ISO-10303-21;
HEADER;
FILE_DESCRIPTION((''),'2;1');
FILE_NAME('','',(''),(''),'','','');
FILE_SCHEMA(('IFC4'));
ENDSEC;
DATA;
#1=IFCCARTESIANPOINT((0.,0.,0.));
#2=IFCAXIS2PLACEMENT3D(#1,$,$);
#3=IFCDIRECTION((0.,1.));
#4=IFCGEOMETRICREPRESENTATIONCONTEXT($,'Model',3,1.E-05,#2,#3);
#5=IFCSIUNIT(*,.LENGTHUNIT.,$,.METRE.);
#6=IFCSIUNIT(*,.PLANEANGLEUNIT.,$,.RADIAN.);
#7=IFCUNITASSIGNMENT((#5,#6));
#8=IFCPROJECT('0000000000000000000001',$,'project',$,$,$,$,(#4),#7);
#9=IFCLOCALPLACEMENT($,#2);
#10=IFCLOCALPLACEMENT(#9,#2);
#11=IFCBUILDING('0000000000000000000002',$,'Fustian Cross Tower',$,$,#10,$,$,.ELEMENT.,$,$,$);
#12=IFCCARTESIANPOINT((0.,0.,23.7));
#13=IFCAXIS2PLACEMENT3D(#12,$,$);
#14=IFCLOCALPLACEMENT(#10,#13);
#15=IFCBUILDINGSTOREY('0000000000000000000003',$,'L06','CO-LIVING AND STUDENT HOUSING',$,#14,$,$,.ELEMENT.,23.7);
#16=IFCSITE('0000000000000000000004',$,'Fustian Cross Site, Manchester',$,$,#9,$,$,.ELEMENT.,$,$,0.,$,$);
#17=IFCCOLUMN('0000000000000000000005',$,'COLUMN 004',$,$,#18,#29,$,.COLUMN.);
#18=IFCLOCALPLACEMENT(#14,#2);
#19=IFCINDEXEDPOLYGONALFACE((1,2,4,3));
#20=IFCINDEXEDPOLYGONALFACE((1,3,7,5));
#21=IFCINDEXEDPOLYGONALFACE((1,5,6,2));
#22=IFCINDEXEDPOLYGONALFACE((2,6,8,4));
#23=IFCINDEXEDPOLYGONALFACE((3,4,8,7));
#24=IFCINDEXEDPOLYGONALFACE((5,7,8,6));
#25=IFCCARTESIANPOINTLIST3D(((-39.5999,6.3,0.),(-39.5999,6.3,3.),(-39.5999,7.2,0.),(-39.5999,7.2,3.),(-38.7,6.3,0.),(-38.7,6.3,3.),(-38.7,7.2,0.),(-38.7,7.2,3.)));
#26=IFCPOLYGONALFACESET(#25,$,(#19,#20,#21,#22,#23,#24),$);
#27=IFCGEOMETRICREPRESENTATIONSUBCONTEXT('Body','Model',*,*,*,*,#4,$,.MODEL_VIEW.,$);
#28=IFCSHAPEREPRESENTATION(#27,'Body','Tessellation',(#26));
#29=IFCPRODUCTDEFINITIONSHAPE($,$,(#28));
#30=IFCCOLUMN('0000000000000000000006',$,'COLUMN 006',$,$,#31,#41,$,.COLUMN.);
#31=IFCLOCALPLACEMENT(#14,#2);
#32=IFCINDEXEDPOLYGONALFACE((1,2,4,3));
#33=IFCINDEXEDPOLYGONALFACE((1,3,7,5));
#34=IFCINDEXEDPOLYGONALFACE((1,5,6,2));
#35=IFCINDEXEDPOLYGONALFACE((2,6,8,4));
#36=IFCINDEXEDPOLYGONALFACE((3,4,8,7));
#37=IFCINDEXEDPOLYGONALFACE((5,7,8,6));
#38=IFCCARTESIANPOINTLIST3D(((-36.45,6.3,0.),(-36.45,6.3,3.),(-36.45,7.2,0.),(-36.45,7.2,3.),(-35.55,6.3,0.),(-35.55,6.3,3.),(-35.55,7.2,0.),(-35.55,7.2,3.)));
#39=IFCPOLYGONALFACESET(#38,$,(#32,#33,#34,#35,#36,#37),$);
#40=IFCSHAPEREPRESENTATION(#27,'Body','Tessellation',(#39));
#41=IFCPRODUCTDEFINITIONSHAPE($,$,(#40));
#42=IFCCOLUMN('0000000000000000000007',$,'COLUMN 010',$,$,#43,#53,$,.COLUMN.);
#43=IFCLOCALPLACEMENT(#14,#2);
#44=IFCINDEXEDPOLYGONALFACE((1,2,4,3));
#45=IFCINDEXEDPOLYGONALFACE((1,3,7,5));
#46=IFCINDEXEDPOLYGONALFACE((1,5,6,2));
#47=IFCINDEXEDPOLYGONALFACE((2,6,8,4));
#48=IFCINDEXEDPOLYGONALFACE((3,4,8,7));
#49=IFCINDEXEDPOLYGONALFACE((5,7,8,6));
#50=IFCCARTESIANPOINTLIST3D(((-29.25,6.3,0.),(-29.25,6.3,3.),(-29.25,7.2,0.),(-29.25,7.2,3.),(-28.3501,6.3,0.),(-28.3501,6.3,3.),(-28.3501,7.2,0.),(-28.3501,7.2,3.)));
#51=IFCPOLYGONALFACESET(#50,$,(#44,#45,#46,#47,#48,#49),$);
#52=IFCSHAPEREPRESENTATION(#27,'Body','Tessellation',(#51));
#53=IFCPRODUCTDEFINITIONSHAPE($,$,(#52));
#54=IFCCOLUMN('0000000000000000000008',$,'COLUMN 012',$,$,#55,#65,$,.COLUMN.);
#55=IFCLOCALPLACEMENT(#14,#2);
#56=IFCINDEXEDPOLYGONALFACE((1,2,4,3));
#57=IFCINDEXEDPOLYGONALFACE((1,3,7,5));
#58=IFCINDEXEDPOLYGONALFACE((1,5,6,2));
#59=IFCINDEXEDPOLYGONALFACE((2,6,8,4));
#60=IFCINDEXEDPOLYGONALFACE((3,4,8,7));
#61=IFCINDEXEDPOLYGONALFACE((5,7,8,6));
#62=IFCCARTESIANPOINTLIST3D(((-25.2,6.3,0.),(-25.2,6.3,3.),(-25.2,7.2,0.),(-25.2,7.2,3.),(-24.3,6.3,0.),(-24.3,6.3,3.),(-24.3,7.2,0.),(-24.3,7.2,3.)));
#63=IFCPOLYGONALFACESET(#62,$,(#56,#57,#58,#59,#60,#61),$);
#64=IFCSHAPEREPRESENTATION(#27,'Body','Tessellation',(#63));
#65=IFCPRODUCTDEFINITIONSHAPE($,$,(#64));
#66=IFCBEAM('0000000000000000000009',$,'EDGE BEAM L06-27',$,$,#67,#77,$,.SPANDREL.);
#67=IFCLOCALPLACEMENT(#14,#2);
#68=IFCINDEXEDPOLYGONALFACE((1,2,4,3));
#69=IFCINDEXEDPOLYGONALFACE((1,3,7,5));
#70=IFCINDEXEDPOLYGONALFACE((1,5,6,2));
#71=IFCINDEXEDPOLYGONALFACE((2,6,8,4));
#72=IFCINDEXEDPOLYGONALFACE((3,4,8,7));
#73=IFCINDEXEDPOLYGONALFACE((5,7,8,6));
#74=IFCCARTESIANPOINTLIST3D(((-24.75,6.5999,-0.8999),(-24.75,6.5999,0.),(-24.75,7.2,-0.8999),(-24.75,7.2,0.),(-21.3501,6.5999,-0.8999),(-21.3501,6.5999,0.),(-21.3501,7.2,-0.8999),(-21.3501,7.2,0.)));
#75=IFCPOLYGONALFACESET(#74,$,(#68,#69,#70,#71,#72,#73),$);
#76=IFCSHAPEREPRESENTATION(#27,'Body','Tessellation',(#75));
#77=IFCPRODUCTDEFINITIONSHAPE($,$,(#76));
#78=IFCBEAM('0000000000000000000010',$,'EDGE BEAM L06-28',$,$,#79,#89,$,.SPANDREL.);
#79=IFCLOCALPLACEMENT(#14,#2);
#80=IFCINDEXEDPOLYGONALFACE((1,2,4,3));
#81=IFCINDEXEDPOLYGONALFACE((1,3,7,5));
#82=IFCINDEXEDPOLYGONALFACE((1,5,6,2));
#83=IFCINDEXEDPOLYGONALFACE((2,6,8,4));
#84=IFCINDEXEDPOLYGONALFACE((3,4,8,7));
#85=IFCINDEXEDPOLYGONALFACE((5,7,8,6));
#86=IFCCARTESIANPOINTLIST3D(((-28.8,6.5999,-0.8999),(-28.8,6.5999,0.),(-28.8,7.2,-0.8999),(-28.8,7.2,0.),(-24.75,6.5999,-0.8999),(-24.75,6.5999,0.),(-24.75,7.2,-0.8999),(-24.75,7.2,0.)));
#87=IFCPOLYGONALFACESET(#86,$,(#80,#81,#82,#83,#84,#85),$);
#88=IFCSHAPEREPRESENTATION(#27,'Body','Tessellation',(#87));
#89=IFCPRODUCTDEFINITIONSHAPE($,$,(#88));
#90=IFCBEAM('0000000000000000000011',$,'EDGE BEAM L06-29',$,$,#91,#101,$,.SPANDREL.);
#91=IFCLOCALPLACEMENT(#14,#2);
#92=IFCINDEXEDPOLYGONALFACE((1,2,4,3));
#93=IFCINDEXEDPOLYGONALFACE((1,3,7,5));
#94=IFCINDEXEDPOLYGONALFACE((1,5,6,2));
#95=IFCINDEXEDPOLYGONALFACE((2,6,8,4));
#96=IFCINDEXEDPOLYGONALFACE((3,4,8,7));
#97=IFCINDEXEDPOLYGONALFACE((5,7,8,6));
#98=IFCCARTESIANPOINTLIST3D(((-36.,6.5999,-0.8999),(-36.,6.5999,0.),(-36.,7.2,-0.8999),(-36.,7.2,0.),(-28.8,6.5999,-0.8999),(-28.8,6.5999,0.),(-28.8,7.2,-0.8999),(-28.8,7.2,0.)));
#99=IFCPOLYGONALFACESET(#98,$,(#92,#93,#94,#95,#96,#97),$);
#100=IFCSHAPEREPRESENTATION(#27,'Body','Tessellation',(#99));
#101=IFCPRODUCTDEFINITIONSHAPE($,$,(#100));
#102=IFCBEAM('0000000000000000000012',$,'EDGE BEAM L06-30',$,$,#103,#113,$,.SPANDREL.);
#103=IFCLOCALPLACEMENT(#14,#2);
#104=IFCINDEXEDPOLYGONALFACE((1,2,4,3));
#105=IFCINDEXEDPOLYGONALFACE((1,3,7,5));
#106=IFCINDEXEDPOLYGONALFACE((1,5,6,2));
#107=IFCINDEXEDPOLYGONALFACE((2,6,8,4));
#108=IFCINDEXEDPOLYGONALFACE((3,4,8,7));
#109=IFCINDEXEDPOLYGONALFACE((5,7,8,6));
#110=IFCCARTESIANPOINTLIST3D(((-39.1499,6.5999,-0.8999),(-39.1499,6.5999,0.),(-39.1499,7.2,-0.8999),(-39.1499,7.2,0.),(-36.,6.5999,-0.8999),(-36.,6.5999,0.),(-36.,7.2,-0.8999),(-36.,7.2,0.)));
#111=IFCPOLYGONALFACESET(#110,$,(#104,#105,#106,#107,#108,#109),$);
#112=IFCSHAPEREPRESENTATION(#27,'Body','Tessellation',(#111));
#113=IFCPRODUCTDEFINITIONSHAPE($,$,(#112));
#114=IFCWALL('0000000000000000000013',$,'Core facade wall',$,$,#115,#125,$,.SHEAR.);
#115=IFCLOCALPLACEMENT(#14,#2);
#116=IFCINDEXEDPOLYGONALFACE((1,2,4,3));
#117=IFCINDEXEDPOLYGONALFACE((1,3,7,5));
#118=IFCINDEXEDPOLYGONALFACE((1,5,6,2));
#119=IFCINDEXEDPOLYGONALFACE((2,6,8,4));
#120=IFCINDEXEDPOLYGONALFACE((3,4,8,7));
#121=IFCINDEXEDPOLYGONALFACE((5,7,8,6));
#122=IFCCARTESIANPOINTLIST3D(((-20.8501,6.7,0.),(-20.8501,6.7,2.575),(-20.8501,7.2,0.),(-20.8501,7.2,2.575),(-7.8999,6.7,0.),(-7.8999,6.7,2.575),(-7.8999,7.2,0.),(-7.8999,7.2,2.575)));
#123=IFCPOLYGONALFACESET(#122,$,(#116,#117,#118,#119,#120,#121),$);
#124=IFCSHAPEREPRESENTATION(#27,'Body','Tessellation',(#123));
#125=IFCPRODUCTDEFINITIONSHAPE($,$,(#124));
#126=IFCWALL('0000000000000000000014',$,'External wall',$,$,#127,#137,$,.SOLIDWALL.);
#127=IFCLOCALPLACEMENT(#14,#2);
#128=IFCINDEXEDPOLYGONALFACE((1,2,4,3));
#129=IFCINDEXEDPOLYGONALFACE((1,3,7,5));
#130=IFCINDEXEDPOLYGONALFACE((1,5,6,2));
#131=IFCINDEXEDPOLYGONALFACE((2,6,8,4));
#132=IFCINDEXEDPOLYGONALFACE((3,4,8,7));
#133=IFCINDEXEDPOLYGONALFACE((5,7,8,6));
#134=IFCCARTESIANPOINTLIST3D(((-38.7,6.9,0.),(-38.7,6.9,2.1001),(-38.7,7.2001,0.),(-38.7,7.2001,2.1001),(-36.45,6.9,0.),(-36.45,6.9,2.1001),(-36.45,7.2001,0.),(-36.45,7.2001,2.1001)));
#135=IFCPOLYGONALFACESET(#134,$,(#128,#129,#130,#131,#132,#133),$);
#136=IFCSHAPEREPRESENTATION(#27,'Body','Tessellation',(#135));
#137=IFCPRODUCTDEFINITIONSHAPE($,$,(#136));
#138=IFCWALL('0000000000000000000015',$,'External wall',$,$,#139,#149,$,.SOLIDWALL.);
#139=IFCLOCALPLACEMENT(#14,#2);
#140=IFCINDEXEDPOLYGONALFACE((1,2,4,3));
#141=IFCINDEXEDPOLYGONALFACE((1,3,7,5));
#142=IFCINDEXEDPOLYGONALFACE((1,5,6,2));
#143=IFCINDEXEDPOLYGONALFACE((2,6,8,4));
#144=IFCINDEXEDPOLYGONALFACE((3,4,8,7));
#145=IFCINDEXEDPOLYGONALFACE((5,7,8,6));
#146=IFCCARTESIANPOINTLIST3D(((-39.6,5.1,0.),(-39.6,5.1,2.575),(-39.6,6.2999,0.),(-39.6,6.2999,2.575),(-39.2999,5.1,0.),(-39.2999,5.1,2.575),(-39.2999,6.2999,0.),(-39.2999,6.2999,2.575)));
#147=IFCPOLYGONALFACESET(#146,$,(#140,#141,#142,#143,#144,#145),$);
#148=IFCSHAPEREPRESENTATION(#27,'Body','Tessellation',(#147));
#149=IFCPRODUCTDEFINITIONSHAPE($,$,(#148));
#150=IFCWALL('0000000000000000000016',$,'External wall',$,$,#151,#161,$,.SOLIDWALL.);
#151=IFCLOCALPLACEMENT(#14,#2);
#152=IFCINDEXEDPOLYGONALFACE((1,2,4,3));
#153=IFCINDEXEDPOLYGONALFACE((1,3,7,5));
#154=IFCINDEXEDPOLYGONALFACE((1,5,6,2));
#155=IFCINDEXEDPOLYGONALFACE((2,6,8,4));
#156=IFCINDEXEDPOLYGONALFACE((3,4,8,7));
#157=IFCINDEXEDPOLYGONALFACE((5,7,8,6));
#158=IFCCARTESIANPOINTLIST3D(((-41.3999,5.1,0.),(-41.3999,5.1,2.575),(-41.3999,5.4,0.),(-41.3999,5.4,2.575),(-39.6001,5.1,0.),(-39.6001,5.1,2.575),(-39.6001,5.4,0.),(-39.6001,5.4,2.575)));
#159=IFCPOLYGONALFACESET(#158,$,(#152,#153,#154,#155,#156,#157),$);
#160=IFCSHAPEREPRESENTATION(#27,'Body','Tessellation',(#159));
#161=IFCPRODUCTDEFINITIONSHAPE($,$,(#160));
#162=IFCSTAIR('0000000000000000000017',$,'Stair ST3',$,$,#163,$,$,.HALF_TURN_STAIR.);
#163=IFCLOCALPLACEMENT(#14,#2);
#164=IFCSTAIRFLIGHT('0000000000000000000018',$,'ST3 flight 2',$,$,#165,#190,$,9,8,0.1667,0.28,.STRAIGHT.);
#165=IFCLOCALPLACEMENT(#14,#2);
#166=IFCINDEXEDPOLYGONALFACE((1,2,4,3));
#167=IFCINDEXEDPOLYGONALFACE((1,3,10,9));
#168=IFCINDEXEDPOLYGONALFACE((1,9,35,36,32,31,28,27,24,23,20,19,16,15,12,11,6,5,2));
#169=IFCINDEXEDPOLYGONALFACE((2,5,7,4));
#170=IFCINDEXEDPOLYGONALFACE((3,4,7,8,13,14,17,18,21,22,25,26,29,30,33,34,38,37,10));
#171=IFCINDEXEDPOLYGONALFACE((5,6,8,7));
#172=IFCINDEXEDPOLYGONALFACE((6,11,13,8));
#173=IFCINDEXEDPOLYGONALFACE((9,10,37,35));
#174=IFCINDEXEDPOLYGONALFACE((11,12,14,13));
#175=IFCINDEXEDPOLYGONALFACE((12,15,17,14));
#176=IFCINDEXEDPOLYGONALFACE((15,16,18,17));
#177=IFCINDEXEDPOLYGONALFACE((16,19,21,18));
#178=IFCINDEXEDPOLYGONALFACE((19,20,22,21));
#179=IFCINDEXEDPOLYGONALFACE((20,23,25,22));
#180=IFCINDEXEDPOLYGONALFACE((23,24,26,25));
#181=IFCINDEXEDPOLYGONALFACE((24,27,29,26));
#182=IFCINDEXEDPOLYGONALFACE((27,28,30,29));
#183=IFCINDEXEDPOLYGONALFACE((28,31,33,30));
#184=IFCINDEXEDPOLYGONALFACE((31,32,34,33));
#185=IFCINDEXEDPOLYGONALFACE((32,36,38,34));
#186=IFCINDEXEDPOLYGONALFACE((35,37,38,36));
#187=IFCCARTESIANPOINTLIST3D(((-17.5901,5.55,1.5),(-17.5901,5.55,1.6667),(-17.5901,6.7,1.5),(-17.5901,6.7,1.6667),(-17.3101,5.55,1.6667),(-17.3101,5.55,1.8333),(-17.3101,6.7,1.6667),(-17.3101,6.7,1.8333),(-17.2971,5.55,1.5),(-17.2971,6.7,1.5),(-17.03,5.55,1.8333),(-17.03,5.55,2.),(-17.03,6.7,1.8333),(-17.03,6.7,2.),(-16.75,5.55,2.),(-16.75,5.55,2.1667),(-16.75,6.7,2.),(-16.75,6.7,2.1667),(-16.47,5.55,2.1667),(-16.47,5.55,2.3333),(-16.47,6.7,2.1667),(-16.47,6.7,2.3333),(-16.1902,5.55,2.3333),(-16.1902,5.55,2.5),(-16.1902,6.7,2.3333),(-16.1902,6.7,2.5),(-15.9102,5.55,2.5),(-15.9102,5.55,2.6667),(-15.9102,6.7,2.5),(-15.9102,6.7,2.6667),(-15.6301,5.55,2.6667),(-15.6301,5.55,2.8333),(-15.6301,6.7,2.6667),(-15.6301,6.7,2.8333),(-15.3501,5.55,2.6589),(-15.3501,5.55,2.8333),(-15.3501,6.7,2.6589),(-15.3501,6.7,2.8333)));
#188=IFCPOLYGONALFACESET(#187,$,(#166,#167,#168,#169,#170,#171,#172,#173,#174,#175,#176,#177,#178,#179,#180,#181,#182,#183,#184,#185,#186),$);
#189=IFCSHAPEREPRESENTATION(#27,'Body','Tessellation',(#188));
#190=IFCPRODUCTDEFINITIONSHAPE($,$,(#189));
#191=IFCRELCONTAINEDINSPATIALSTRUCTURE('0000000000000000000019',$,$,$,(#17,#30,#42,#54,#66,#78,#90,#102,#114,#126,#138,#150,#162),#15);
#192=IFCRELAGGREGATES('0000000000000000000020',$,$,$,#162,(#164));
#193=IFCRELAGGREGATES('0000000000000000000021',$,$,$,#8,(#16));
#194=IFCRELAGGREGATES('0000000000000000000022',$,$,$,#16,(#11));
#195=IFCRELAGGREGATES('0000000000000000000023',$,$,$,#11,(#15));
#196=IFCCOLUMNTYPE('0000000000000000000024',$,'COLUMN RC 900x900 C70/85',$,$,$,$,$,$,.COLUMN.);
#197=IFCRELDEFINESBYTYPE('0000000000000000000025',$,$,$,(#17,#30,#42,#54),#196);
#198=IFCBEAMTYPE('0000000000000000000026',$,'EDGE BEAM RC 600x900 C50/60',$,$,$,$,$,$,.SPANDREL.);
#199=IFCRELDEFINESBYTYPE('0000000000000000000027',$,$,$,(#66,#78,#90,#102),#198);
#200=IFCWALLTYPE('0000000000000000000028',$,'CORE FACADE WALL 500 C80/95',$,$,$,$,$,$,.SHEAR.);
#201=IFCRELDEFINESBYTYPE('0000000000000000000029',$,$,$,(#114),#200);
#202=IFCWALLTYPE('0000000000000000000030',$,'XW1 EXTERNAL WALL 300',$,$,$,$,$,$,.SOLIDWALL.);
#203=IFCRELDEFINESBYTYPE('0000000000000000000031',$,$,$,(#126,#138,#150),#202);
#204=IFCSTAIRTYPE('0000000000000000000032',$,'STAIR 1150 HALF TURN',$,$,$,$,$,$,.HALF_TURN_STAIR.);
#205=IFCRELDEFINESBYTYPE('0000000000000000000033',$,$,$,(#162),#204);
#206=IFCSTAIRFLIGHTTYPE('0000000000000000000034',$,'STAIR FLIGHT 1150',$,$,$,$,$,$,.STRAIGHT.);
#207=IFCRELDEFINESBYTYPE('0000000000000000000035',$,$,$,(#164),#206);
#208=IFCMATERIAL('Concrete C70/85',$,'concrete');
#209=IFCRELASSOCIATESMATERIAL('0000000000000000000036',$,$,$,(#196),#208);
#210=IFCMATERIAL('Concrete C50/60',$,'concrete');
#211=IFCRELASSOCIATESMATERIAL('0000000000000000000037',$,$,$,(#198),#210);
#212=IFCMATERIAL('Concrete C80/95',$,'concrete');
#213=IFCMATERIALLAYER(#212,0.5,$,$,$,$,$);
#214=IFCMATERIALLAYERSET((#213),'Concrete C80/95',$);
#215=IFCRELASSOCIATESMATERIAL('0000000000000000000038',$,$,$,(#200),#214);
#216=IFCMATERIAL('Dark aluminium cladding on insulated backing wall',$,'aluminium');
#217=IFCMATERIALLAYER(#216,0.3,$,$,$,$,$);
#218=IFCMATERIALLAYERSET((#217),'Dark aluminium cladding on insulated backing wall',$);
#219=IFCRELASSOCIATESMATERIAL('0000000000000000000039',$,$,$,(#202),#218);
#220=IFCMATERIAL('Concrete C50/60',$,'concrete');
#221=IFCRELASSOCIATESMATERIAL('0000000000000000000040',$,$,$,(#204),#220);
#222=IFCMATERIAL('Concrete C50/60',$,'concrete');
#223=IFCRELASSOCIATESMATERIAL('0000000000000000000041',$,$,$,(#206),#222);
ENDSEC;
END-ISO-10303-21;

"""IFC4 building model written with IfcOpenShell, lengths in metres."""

from ifc_helpers import new_model, si_unit, direction, frame, frame_2d, origin, origin_2d, place, context, subcontext, project, spatial, polyline, rectangle, outline, extrude, material, layer, layer_set, material_profile, profile_set, type_object, element, aggregate, save


model = new_model("IFC4")

# Units and contexts
model_context = context("Model", 3, precision=1e-05, world=origin(), true_north=direction((0.0, 1.0)))
body_context = subcontext(model_context, "Body", "Model", "MODEL_VIEW")
ifc_project = project(units=[si_unit("LENGTHUNIT", "METRE"), si_unit("PLANEANGLEUNIT", "RADIAN")], contexts=[model_context])

# Site, building, storey
site_placement = place(None, origin())
site = spatial("IfcSite", under=ifc_project, at=site_placement, Name="Fustian Cross Site, Manchester", CompositionType="ELEMENT", RefElevation=0.0)
building_placement = place(site_placement, origin())
building = spatial("IfcBuilding", under=site, at=building_placement, Name="Fustian Cross Tower", CompositionType="ELEMENT")
storey_placement = place(building_placement, frame((0.0, 0.0, 23.7)))
storey = spatial("IfcBuildingStorey", under=building, at=storey_placement, Name="L06", Description="CO-LIVING AND STUDENT HOUSING", CompositionType="ELEMENT", Elevation=23.7)

# Columns
ifc_material_1 = material(Name="Concrete C70/85", Category="concrete")
ifc_material_profile_1 = material_profile(ifc_material_1, rectangle(XDim=0.8999, YDim=0.8999, at=origin_2d()), Name="RC 900x900")
ifc_profile_set_1 = profile_set([ifc_material_profile_1], Name="Concrete C70/85")
column_type = type_object("IfcColumnType", Name="COLUMN RC 900x900 C70/85", PredefinedType="COLUMN", material=ifc_profile_set_1)
for number, where, z_axis, x_axis, name in (
    (1, (-39.1499, 6.75, 0.0), (0.0, 0.0, 1.0), (1.0, 0.0, 0.0), "COLUMN 004"),
    (2, (-36.0, 6.75, 0.0), (0.0, 0.0, 1.0), (1.0, 0.0, 0.0), "COLUMN 006"),
    (3, (-28.8, 6.75, 0.0), (0.0, 0.0, 1.0), (1.0, 0.0, 0.0), "COLUMN 010"),
    (4, (-24.75, 6.75, 0.0), (0.0, 0.0, 1.0), (1.0, 0.0, 0.0), "COLUMN 012"),
):
    element("IfcColumn", number, at=place(storey_placement, frame(where, z_axis=z_axis, x_axis=x_axis)), inside=storey, type_object=column_type, Name=name, PredefinedType="COLUMN", context=body_context, shape_type="SweptSolid", body=[
        extrude(rectangle(XDim=0.8999, YDim=0.8999, at=origin_2d()), origin(), (0.0, 0.0, 1.0), 3.0),
    ])

# Beams
ifc_material_2 = material(Name="Concrete C50/60", Category="concrete")
ifc_material_profile_2 = material_profile(ifc_material_2, rectangle(XDim=0.6001, YDim=0.8999, at=origin_2d()), Name="RC 600x900")
ifc_profile_set_2 = profile_set([ifc_material_profile_2], Name="Concrete C50/60")
beam_type = type_object("IfcBeamType", Name="EDGE BEAM RC 600x900 C50/60", PredefinedType="SPANDREL", material=ifc_profile_set_2)
beam_1_placement = place(storey_placement, frame((-21.3501, 6.8999, -0.45), z_axis=(-1.0, 0.0, 0.0), x_axis=(0.0, -1.0, 0.0)))
element("IfcBeam", 5, at=beam_1_placement, inside=storey, type_object=beam_type, Name="EDGE BEAM L06-27", PredefinedType="SPANDREL", context=body_context, shape_type="SweptSolid", body=[
    extrude(rectangle(XDim=0.6001, YDim=0.8999, at=origin_2d()), origin(), (0.0, 0.0, 1.0), 3.3999),
])
beam_2_placement = place(storey_placement, frame((-24.75, 6.8999, -0.45), z_axis=(-1.0, 0.0, 0.0), x_axis=(0.0, -1.0, 0.0)))
element("IfcBeam", 6, at=beam_2_placement, inside=storey, type_object=beam_type, Name="EDGE BEAM L06-28", PredefinedType="SPANDREL", context=body_context, shape_type="SweptSolid", body=[
    extrude(rectangle(XDim=0.6001, YDim=0.8999, at=origin_2d()), origin(), (0.0, 0.0, 1.0), 4.05),
])
beam_3_placement = place(storey_placement, frame((-28.8, 6.8999, -0.45), z_axis=(-1.0, 0.0, 0.0), x_axis=(0.0, -1.0, 0.0)))
element("IfcBeam", 7, at=beam_3_placement, inside=storey, type_object=beam_type, Name="EDGE BEAM L06-29", PredefinedType="SPANDREL", context=body_context, shape_type="SweptSolid", body=[
    extrude(rectangle(XDim=0.6001, YDim=0.8999, at=origin_2d()), origin(), (0.0, 0.0, 1.0), 7.2),
])
beam_4_placement = place(storey_placement, frame((-36.0, 6.8999, -0.45), z_axis=(-1.0, 0.0, 0.0), x_axis=(0.0, -1.0, 0.0)))
element("IfcBeam", 8, at=beam_4_placement, inside=storey, type_object=beam_type, Name="EDGE BEAM L06-30", PredefinedType="SPANDREL", context=body_context, shape_type="SweptSolid", body=[
    extrude(rectangle(XDim=0.6001, YDim=0.8999, at=origin_2d()), origin(), (0.0, 0.0, 1.0), 3.1499),
])

# Walls
ifc_material_3 = material(Name="Concrete C80/95", Category="concrete")
ifc_layer_1 = layer(ifc_material_3, 0.5)
ifc_layer_set_1 = layer_set([ifc_layer_1], Name="Concrete C80/95")
wall_type_1 = type_object("IfcWallType", Name="CORE FACADE WALL 500 C80/95", PredefinedType="SHEAR", material=ifc_layer_set_1)
wall_1_placement = place(storey_placement, frame((-7.8999, 6.95, 0.0), z_axis=(0.0, 0.0, 1.0), x_axis=(-1.0, 0.0, 0.0)))
element("IfcWall", 9, at=wall_1_placement, inside=storey, type_object=wall_type_1, Name="Core facade wall", PredefinedType="SHEAR", context=body_context, shape_type="SweptSolid", body=[
    extrude(rectangle(XDim=12.9502, YDim=0.5, at=frame_2d((6.4751, 0.0))), origin(), (0.0, 0.0, 1.0), 2.575),
])
ifc_material_4 = material(Name="Dark aluminium cladding on insulated backing wall", Category="aluminium")
ifc_layer_2 = layer(ifc_material_4, 0.3)
ifc_layer_set_2 = layer_set([ifc_layer_2], Name="Dark aluminium cladding on insulated backing wall")
wall_type_2 = type_object("IfcWallType", Name="XW1 EXTERNAL WALL 300", PredefinedType="SOLIDWALL", material=ifc_layer_set_2)
wall_2_placement = place(storey_placement, frame((-36.45, 7.05, 0.0), z_axis=(0.0, 0.0, 1.0), x_axis=(-1.0, 0.0, 0.0)))
element("IfcWall", 10, at=wall_2_placement, inside=storey, type_object=wall_type_2, Name="External wall", PredefinedType="SOLIDWALL", context=body_context, shape_type="SweptSolid", body=[
    extrude(rectangle(XDim=2.25, YDim=0.3, at=frame_2d((1.125, 0.0))), origin(), (0.0, 0.0, 1.0), 2.1001),
])
wall_3_placement = place(storey_placement, frame((-39.45, 6.3, 0.0), z_axis=(0.0, 0.0, 1.0), x_axis=(0.0, -1.0, 0.0)))
element("IfcWall", 11, at=wall_3_placement, inside=storey, type_object=wall_type_2, Name="External wall", PredefinedType="SOLIDWALL", context=body_context, shape_type="SweptSolid", body=[
    extrude(rectangle(XDim=1.2, YDim=0.3, at=frame_2d((0.6001, 0.0))), origin(), (0.0, 0.0, 1.0), 2.575),
])
wall_4_placement = place(storey_placement, frame((-39.6001, 5.25, 0.0), z_axis=(0.0, 0.0, 1.0), x_axis=(-1.0, 0.0, 0.0)))
element("IfcWall", 12, at=wall_4_placement, inside=storey, type_object=wall_type_2, Name="External wall", PredefinedType="SOLIDWALL", context=body_context, shape_type="SweptSolid", body=[
    extrude(rectangle(XDim=1.7998, YDim=0.3, at=frame_2d((0.8999, 0.0))), origin(), (0.0, 0.0, 1.0), 2.575),
])

# Stair, stair flight
ifc_material_5 = material(Name="Concrete C50/60", Category="concrete")
stair_type = type_object("IfcStairType", Name="STAIR 1150 HALF TURN", PredefinedType="HALF_TURN_STAIR", material=ifc_material_5)
stair_placement = place(storey_placement, origin())
stair = element("IfcStair", 13, at=stair_placement, inside=storey, type_object=stair_type, Name="Stair ST3", PredefinedType="HALF_TURN_STAIR")
ifc_material_6 = material(Name="Concrete C50/60", Category="concrete")
stair_flight_type = type_object("IfcStairFlightType", Name="STAIR FLIGHT 1150", PredefinedType="STRAIGHT", material=ifc_material_6)
stair_flight_placement = place(storey_placement, frame((-17.5901, 6.125, 1.5), z_axis=(0.0, 0.0, 1.0), x_axis=(1.0, 0.0, 0.0)))
stair_flight = element("IfcStairFlight", 14, at=stair_flight_placement, type_object=stair_flight_type, Name="ST3 flight 2", NumberOfRisers=9, NumberOfTreads=8, PredefinedType="STRAIGHT", RiserHeight=0.1667, TreadLength=0.28, context=body_context, shape_type="SweptSolid", body=[
    extrude(outline(polyline([(0.0, 0.0), (0.0, 0.1667), (0.28, 0.1667), (0.28, 0.3333), (0.5601, 0.3333), (0.5601, 0.5), (0.8401, 0.5), (0.8401, 0.6667), (1.1201, 0.6667), (1.1201, 0.8333), (1.3999, 0.8333), (1.3999, 1.0), (1.6799, 1.0), (1.6799, 1.1667), (1.96, 1.1667), (1.96, 1.3333), (2.24, 1.3333), (2.24, 1.5), (2.24, 1.1589), (0.293, 0.0), (0.0, 0.0)])), frame((0.0, 0.575, 0.0), z_axis=(0.0, -1.0, 0.0), x_axis=(1.0, 0.0, 0.0)), (0.0, 0.0, 1.0), 1.1499),
])
aggregate(stair, [stair_flight])

save(model, "model.ifc")
